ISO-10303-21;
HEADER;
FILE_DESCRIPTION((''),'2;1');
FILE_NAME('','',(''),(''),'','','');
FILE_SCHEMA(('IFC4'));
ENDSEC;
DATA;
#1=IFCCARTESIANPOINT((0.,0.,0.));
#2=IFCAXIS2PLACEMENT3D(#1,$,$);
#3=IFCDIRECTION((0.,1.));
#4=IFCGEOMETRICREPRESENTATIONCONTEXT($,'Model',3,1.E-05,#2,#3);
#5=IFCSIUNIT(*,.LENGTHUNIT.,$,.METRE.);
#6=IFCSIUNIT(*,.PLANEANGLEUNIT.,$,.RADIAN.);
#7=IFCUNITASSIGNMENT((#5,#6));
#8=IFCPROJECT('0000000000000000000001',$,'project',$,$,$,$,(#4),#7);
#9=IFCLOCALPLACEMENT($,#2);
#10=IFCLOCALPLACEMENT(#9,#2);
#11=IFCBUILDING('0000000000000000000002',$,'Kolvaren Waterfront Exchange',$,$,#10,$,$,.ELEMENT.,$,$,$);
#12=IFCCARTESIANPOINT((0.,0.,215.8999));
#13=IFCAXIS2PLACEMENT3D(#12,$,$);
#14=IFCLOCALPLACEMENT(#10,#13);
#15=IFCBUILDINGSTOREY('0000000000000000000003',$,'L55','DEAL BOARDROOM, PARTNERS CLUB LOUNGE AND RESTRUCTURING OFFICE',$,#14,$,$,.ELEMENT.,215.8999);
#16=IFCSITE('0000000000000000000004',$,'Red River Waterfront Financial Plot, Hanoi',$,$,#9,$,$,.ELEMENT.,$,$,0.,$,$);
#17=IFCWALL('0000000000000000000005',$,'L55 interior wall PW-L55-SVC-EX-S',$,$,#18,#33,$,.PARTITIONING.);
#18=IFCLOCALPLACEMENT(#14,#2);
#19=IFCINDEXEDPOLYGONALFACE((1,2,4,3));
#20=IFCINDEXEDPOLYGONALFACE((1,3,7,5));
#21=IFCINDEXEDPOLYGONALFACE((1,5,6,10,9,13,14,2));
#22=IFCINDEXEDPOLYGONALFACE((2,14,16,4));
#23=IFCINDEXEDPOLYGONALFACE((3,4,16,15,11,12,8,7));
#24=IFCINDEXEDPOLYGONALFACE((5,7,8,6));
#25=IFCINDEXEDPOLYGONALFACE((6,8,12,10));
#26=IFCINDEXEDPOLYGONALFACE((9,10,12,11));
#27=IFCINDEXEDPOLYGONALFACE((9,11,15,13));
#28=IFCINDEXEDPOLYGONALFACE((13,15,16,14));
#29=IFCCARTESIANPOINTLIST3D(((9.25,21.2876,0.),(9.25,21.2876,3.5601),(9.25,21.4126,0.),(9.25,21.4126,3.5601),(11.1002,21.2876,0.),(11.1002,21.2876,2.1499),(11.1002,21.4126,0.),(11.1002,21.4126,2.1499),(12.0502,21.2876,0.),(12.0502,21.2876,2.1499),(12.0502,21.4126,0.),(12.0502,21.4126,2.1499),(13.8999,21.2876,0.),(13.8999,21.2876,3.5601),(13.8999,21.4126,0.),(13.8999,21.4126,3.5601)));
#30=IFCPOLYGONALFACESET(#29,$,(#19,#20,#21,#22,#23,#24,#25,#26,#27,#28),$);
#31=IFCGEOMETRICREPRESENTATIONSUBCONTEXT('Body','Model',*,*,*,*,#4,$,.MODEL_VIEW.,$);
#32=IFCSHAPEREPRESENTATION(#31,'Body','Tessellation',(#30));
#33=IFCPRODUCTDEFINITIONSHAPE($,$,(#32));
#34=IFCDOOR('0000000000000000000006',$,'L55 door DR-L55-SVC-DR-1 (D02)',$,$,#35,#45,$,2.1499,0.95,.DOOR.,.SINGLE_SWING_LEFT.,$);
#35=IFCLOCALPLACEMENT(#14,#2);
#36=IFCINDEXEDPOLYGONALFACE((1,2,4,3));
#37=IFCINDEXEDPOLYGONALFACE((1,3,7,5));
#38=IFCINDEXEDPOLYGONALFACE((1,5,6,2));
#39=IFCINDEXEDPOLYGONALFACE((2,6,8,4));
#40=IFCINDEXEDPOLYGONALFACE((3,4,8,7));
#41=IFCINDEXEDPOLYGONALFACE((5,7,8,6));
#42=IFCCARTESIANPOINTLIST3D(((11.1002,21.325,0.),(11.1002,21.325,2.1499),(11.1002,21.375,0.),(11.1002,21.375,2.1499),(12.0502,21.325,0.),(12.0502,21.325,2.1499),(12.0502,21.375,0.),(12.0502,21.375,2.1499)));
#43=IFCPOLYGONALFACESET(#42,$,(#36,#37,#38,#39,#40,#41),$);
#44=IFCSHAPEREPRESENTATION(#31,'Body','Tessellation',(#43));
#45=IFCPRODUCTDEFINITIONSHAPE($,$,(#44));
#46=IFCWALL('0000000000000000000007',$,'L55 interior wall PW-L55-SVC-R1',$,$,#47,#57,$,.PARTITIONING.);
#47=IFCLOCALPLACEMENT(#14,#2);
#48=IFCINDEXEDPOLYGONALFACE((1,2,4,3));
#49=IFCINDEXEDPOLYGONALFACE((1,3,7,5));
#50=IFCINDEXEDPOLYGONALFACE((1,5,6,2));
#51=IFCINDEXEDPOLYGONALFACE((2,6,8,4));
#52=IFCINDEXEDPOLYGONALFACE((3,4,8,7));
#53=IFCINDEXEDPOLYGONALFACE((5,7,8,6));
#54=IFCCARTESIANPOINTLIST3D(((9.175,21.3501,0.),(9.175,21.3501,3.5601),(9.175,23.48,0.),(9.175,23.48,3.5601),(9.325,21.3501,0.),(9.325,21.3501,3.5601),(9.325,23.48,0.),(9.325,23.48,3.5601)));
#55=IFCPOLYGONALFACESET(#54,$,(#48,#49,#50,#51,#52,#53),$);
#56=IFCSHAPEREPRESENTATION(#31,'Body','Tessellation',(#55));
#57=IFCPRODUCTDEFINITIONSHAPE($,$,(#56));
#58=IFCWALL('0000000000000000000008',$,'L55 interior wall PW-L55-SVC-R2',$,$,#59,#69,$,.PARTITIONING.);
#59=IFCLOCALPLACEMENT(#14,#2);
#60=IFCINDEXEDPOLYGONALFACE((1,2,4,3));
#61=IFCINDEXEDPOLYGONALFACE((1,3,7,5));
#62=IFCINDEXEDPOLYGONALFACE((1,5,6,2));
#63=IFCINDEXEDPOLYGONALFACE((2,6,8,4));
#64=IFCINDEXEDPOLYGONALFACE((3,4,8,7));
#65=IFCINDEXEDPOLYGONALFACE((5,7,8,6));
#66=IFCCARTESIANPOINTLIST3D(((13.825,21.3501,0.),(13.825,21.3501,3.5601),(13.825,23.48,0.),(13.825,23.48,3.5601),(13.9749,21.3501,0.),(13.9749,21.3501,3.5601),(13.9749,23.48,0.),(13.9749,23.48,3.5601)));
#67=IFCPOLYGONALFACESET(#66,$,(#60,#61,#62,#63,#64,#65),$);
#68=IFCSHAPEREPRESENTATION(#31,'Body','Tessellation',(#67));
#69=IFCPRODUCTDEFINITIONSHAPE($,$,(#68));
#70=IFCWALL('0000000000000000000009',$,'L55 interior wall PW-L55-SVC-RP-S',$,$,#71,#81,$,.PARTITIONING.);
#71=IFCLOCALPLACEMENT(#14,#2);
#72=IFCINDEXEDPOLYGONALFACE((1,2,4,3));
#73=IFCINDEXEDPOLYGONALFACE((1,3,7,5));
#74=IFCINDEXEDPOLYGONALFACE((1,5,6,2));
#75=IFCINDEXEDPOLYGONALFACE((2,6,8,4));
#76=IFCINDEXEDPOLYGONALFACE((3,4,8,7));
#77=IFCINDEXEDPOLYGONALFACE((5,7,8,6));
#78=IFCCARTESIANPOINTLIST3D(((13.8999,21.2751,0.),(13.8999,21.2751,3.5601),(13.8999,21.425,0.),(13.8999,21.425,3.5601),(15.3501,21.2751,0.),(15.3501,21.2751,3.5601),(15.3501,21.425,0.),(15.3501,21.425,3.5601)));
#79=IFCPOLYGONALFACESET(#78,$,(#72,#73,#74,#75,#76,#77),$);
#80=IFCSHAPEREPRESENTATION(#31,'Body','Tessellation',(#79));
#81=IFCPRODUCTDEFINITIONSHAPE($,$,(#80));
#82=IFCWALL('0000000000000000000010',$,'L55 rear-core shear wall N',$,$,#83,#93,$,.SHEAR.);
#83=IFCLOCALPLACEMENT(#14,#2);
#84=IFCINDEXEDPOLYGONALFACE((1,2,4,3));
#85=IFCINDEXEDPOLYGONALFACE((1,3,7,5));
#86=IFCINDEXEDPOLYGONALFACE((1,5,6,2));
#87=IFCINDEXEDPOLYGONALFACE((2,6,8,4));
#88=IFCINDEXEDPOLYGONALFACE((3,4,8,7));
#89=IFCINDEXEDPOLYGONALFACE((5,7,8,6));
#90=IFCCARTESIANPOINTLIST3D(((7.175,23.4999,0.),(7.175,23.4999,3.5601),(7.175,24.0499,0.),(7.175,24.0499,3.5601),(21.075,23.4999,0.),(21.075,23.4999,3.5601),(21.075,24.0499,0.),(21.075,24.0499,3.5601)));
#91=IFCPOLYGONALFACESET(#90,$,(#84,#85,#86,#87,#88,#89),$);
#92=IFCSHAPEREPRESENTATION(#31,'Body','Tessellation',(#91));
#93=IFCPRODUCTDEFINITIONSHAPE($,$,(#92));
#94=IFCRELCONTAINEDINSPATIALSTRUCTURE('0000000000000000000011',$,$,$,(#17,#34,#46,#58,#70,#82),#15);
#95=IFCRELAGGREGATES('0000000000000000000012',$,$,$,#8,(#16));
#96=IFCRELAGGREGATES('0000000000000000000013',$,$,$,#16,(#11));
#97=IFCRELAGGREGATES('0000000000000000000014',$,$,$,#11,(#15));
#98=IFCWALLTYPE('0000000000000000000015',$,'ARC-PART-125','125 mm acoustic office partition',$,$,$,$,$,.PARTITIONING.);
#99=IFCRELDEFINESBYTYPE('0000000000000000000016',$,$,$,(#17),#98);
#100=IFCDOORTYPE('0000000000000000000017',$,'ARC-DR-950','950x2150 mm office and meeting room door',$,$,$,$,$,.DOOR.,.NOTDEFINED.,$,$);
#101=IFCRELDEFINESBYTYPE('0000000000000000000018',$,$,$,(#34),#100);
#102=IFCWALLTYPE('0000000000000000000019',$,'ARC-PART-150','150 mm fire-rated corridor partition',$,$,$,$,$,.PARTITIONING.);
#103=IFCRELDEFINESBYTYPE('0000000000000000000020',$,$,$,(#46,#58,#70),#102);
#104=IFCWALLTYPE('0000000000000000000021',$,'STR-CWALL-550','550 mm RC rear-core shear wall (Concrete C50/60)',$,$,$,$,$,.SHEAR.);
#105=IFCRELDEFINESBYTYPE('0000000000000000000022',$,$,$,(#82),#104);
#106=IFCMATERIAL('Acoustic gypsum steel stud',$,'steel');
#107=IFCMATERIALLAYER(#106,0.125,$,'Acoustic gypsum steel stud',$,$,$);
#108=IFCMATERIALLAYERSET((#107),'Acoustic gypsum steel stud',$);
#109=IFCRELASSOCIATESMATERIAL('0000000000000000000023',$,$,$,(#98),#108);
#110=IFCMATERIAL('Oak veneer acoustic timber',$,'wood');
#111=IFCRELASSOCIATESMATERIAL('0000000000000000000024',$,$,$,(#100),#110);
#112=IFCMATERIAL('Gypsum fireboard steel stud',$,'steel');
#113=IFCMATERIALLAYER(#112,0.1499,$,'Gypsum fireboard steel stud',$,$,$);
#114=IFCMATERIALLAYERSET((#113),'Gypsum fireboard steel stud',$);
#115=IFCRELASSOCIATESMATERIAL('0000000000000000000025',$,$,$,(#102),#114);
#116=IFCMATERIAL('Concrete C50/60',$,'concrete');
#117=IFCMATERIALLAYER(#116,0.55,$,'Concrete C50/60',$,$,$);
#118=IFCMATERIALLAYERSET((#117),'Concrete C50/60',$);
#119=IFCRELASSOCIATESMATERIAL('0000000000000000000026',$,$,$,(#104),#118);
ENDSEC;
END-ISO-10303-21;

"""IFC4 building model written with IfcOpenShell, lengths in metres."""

from ifc_helpers import new_model, si_unit, direction, frame, frame_2d, origin, place, context, subcontext, project, spatial, rectangle, extrude, material, layer, layer_set, type_object, element, fill, save


model = new_model("IFC4")

# Units and contexts
model_context = context("Model", 3, precision=1e-05, world=origin(), true_north=direction((0.0, 1.0)))
body_context = subcontext(model_context, "Body", "Model", "MODEL_VIEW")
ifc_project = project(units=[si_unit("LENGTHUNIT", "METRE"), si_unit("PLANEANGLEUNIT", "RADIAN")], contexts=[model_context])

# Site, building, storey
site_placement = place(None, origin())
site = spatial("IfcSite", under=ifc_project, at=site_placement, Name="Red River Waterfront Financial Plot, Hanoi", CompositionType="ELEMENT", RefElevation=0.0)
building_placement = place(site_placement, origin())
building = spatial("IfcBuilding", under=site, at=building_placement, Name="Kolvaren Waterfront Exchange", CompositionType="ELEMENT")
storey_placement = place(building_placement, frame((0.0, 0.0, 215.8999)))
storey = spatial("IfcBuildingStorey", under=building, at=storey_placement, Name="L55", Description="DEAL BOARDROOM, PARTNERS CLUB LOUNGE AND RESTRUCTURING OFFICE", CompositionType="ELEMENT", Elevation=215.8999)

# Shared definitions
ifc_material_1 = material(Name="Concrete C50/60", Category="concrete")

# Wall, opening, door
ifc_material_2 = material(Name="Acoustic gypsum steel stud", Category="steel")
ifc_layer_1 = layer(ifc_material_2, 0.125, Name="Acoustic gypsum steel stud")
ifc_layer_set_1 = layer_set([ifc_layer_1], Name="Acoustic gypsum steel stud")
wall_type_1 = type_object("IfcWallType", Name="ARC-PART-125", Description="125 mm acoustic office partition", PredefinedType="PARTITIONING", material=ifc_layer_set_1)
wall_1_placement = place(storey_placement, frame((9.25, 21.3501, 0.0), z_axis=(0.0, 0.0, 1.0), x_axis=(1.0, 0.0, 0.0)))
wall_1 = element("IfcWall", 1, at=wall_1_placement, inside=storey, type_object=wall_type_1, Name="L55 interior wall PW-L55-SVC-EX-S", PredefinedType="PARTITIONING", context=body_context, shape_type="SweptSolid", body=[
    extrude(rectangle(XDim=4.6499, YDim=0.125, at=frame_2d((2.325, 0.0))), origin(), (0.0, 0.0, 1.0), 3.5601),
])
opening_1_placement = place(wall_1_placement, frame((1.8501, 0.0, 0.0)))
opening_1 = element("IfcOpeningElement", 2, at=opening_1_placement, cuts=wall_1, PredefinedType="OPENING", context=body_context, shape_type="SweptSolid", body=[
    extrude(rectangle(XDim=0.95, YDim=2.1499, at=frame_2d((0.4751, 1.075))), frame((0.0, 0.0725, 0.0), z_axis=(0.0, -1.0, 0.0), x_axis=(1.0, 0.0, 0.0)), (0.0, 0.0, 1.0), 0.145),
])
ifc_material_3 = material(Name="Oak veneer acoustic timber", Category="wood")
door_type_1 = type_object("IfcDoorType", Name="ARC-DR-950", Description="950x2150 mm office and meeting room door", OperationType="NOTDEFINED", PredefinedType="DOOR", material=ifc_material_3)
door_1_placement = place(opening_1_placement, origin())
door_1 = element("IfcDoor", 3, at=door_1_placement, inside=storey, type_object=door_type_1, Name="L55 door DR-L55-SVC-DR-1 (D02)", OperationType="SINGLE_SWING_LEFT", OverallHeight=2.1499, OverallWidth=0.95, PredefinedType="DOOR", context=body_context, shape_type="SweptSolid", body=[
    extrude(rectangle(XDim=0.95, YDim=2.1499, at=frame_2d((0.4751, 1.075))), frame((0.0, 0.0249, 0.0), z_axis=(0.0, -1.0, 0.0), x_axis=(1.0, 0.0, 0.0)), (0.0, 0.0, 1.0), 0.05),
])
fill(opening_1, door_1)

# Walls
ifc_material_4 = material(Name="Gypsum fireboard steel stud", Category="steel")
ifc_layer_2 = layer(ifc_material_4, 0.1499, Name="Gypsum fireboard steel stud")
ifc_layer_set_2 = layer_set([ifc_layer_2], Name="Gypsum fireboard steel stud")
wall_type_2 = type_object("IfcWallType", Name="ARC-PART-150", Description="150 mm fire-rated corridor partition", PredefinedType="PARTITIONING", material=ifc_layer_set_2)
for number, where, z_axis, x_axis, name in (
    (4, (9.25, 21.3501, 0.0), (0.0, 0.0, 1.0), (0.0, 1.0, 0.0), "L55 interior wall PW-L55-SVC-R1"),
    (5, (13.8999, 21.3501, 0.0), (0.0, 0.0, 1.0), (0.0, 1.0, 0.0), "L55 interior wall PW-L55-SVC-R2"),
):
    element("IfcWall", number, at=place(storey_placement, frame(where, z_axis=z_axis, x_axis=x_axis)), inside=storey, type_object=wall_type_2, Name=name, PredefinedType="PARTITIONING", context=body_context, shape_type="SweptSolid", body=[
        extrude(rectangle(XDim=2.1299, YDim=0.1499, at=frame_2d((1.0649, 0.0))), origin(), (0.0, 0.0, 1.0), 3.5601),
    ])

# Walls
wall_2_placement = place(storey_placement, frame((13.8999, 21.3501, 0.0), z_axis=(0.0, 0.0, 1.0), x_axis=(1.0, 0.0, 0.0)))
element("IfcWall", 6, at=wall_2_placement, inside=storey, type_object=wall_type_2, Name="L55 interior wall PW-L55-SVC-RP-S", PredefinedType="PARTITIONING", context=body_context, shape_type="SweptSolid", body=[
    extrude(rectangle(XDim=1.4502, YDim=0.1499, at=frame_2d((0.7251, 0.0))), origin(), (0.0, 0.0, 1.0), 3.5601),
])
ifc_layer_3 = layer(ifc_material_1, 0.55, Name="Concrete C50/60")
ifc_layer_set_3 = layer_set([ifc_layer_3], Name="Concrete C50/60")
wall_type_3 = type_object("IfcWallType", Name="STR-CWALL-550", Description="550 mm RC rear-core shear wall (Concrete C50/60)", PredefinedType="SHEAR", material=ifc_layer_set_3)
wall_3_placement = place(storey_placement, frame((7.175, 23.7749, 0.0), z_axis=(0.0, 0.0, 1.0), x_axis=(1.0, 0.0, 0.0)))
element("IfcWall", 7, at=wall_3_placement, inside=storey, type_object=wall_type_3, Name="L55 rear-core shear wall N", PredefinedType="SHEAR", context=body_context, shape_type="SweptSolid", body=[
    extrude(rectangle(XDim=13.8999, YDim=0.55, at=frame_2d((6.95, 0.0))), origin(), (0.0, 0.0, 1.0), 3.5601),
])

save(model, "model.ifc")
